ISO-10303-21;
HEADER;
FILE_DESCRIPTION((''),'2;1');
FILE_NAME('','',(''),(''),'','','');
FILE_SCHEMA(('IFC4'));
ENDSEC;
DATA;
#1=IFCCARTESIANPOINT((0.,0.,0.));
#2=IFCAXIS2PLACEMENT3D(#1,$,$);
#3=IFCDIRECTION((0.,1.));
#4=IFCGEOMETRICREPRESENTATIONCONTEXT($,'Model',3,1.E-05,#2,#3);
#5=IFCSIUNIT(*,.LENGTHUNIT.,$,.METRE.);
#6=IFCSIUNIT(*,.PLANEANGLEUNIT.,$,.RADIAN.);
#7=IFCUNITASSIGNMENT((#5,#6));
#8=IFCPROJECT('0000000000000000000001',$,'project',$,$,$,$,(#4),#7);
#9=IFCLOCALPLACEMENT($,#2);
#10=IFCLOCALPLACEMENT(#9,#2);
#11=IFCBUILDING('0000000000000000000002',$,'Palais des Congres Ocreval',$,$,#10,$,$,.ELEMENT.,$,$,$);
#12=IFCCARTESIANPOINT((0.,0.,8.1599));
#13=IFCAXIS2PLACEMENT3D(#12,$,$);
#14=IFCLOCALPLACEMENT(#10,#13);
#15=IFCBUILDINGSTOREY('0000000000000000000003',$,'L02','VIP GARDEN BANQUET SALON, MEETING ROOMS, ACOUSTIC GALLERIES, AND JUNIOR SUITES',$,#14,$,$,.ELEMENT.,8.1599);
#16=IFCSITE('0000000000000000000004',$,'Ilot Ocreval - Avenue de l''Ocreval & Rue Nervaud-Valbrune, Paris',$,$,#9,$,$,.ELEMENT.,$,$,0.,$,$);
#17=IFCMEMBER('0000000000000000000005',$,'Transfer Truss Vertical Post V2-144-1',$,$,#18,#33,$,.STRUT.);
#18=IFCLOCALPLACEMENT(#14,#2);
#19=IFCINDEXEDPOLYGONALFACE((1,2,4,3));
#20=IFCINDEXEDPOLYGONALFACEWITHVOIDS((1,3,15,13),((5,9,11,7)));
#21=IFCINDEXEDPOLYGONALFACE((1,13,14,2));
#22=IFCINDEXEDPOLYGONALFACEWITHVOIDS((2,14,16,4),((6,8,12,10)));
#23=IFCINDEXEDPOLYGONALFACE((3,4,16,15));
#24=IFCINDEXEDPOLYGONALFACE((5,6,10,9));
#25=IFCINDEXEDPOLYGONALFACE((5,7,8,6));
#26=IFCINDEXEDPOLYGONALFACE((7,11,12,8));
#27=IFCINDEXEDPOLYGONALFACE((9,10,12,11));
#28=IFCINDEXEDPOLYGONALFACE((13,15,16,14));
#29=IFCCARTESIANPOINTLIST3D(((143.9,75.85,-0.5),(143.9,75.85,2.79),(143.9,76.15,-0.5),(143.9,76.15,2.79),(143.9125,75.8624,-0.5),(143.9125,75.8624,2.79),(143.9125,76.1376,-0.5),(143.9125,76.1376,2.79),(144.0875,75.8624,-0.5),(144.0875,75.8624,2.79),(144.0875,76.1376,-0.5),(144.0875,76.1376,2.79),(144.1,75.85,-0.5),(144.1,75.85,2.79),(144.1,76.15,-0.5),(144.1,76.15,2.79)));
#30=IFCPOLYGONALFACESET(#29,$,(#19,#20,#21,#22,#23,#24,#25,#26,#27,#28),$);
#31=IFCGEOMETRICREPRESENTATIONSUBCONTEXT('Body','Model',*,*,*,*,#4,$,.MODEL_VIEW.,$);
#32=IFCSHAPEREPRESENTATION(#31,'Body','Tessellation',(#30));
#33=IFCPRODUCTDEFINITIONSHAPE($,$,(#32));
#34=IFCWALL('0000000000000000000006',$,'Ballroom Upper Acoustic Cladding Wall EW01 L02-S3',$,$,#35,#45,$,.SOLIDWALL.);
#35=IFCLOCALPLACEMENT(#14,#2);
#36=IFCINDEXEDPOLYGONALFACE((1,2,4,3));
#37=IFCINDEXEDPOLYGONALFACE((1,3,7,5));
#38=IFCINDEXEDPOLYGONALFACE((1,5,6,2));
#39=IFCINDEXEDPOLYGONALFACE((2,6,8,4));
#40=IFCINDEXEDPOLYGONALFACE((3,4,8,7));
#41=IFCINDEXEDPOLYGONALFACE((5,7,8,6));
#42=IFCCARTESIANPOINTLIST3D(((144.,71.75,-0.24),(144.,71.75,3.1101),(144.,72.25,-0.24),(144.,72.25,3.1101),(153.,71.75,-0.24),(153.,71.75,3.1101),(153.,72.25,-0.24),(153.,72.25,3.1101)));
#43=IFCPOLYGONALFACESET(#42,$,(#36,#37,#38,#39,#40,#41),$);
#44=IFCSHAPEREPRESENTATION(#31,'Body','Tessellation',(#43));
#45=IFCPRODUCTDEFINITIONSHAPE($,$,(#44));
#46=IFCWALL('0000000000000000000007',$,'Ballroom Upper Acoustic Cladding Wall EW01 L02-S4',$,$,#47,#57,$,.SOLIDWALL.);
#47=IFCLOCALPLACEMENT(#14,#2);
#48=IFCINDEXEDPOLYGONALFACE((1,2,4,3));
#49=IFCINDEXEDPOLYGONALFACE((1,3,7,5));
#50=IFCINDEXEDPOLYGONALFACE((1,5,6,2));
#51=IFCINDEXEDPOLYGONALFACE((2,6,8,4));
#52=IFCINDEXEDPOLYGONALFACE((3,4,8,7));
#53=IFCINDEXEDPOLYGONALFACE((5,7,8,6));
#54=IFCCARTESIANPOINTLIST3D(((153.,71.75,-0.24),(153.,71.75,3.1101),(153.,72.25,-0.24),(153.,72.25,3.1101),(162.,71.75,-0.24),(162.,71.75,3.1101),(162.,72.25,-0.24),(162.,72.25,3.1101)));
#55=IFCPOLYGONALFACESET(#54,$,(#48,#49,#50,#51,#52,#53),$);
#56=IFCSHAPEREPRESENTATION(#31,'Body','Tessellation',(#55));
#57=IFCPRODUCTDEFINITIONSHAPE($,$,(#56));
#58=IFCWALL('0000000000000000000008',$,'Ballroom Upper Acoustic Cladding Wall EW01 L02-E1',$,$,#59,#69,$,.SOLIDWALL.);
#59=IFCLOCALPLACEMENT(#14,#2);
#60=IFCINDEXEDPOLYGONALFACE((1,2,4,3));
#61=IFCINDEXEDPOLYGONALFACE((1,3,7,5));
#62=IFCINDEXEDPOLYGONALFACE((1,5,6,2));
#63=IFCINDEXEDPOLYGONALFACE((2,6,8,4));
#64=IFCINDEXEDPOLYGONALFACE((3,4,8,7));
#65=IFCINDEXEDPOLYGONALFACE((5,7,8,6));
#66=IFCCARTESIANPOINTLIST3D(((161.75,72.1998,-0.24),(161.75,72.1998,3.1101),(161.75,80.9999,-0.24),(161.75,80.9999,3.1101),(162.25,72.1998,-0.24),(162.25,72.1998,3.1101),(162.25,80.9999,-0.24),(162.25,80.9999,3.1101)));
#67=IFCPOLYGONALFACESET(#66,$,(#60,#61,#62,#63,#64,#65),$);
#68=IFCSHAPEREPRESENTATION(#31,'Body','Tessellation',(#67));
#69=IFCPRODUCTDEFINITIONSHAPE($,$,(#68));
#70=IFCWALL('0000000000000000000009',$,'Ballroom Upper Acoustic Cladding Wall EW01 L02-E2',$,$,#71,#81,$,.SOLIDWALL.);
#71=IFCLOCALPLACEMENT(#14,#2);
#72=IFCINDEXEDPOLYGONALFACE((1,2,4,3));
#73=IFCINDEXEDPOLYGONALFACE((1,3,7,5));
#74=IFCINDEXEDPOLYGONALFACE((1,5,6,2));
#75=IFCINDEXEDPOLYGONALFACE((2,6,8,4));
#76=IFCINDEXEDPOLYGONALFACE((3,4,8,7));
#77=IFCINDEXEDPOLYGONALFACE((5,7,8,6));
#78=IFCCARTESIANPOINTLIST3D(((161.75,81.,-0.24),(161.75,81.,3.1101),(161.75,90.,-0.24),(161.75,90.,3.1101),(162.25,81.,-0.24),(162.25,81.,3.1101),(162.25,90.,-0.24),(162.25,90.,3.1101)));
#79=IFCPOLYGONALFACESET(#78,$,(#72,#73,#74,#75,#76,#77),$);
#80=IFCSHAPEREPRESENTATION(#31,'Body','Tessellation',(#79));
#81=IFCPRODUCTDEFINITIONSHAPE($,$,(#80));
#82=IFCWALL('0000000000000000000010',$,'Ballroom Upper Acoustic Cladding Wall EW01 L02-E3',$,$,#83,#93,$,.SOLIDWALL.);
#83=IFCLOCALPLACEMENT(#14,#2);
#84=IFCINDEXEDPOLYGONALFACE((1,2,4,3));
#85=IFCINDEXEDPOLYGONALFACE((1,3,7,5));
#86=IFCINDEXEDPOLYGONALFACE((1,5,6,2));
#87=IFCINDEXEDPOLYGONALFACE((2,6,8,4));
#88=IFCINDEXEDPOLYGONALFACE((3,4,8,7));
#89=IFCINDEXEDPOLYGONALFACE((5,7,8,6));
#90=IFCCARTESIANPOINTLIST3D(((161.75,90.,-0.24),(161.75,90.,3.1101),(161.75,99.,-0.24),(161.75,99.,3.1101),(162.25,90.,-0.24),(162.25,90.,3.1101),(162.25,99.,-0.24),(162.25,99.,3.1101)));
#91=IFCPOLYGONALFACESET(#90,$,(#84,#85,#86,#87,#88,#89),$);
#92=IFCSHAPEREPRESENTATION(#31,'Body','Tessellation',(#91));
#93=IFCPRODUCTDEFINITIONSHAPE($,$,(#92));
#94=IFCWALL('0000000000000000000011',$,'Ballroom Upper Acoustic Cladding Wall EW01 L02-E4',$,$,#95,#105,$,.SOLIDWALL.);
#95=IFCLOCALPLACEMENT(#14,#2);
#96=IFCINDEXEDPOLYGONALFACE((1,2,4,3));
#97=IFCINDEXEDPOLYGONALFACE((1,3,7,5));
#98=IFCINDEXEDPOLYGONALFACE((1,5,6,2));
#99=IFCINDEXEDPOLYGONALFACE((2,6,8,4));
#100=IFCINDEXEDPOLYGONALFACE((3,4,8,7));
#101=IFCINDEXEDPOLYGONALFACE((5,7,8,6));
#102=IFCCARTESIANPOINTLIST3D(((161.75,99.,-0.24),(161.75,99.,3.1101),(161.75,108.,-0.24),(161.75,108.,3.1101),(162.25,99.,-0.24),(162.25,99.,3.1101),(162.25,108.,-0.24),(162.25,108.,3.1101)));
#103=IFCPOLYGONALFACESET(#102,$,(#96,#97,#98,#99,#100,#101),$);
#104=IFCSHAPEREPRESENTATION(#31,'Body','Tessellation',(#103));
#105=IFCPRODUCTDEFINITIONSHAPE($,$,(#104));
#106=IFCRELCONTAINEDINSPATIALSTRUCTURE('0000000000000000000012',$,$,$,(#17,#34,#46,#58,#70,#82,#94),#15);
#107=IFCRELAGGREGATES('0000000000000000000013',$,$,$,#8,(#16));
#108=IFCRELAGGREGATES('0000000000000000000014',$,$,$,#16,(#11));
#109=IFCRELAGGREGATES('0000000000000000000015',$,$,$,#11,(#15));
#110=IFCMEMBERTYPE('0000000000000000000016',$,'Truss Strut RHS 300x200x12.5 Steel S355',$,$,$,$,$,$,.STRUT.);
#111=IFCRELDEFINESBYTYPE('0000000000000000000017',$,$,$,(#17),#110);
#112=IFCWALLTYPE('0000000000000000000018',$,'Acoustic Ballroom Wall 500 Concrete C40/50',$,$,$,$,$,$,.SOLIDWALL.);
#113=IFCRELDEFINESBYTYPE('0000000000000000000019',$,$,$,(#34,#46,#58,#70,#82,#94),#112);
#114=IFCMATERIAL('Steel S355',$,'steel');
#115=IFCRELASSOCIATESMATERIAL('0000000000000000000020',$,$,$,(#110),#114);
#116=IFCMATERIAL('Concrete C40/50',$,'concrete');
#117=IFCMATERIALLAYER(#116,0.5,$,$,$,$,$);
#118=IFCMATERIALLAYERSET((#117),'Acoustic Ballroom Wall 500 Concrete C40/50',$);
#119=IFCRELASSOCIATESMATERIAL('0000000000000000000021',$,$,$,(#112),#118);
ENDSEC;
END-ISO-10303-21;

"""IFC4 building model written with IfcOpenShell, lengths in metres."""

from ifc_helpers import new_model, si_unit, direction, frame, frame_2d, origin, origin_2d, place, context, subcontext, project, spatial, rectangle, hollow_rectangle, extrude, material, layer, layer_set, material_profile, profile_set, type_object, element, save


model = new_model("IFC4")

# Units and contexts
model_context = context("Model", 3, precision=1e-05, world=origin(), true_north=direction((0.0, 1.0)))
body_context = subcontext(model_context, "Body", "Model", "MODEL_VIEW")
ifc_project = project(units=[si_unit("LENGTHUNIT", "METRE"), si_unit("PLANEANGLEUNIT", "RADIAN")], contexts=[model_context])

# Site, building, storey
site_placement = place(None, origin())
site = spatial("IfcSite", under=ifc_project, at=site_placement, Name="Ilot Ocreval - Avenue de l'Ocreval & Rue Nervaud-Valbrune, Paris", CompositionType="ELEMENT", RefElevation=0.0)
building_placement = place(site_placement, origin())
building = spatial("IfcBuilding", under=site, at=building_placement, Name="Palais des Congres Ocreval", CompositionType="ELEMENT")
storey_placement = place(building_placement, frame((0.0, 0.0, 8.1599)))
storey = spatial("IfcBuildingStorey", under=building, at=storey_placement, Name="L02", Description="VIP GARDEN BANQUET SALON, MEETING ROOMS, ACOUSTIC GALLERIES, AND JUNIOR SUITES", CompositionType="ELEMENT", Elevation=8.1599)

# Shared definitions
ifc_material_1 = material(Name="Steel S355", Category="steel")

# Member
ifc_material_profile_1 = material_profile(ifc_material_1, hollow_rectangle(XDim=0.2, YDim=0.3, WallThickness=0.0125, at=origin_2d()), Name="RHS 300x200x12.5")
ifc_profile_set_1 = profile_set([ifc_material_profile_1], Name="Steel S355")
member_type_1 = type_object("IfcMemberType", Name="Truss Strut RHS 300x200x12.5 Steel S355", PredefinedType="STRUT", material=ifc_profile_set_1)
member_1_placement = place(storey_placement, frame((144.0, 76.0, -0.5), z_axis=(0.0, 0.0, 1.0), x_axis=(1.0, 0.0, 0.0)))
element("IfcMember", 1, at=member_1_placement, inside=storey, type_object=member_type_1, Name="Transfer Truss Vertical Post V2-144-1", PredefinedType="STRUT", context=body_context, shape_type="SweptSolid", body=[
    extrude(hollow_rectangle(XDim=0.2, YDim=0.3, WallThickness=0.0125, at=origin_2d()), origin(), (0.0, 0.0, 1.0), 3.29),
])

# Walls
ifc_material_2 = material(Name="Concrete C40/50", Category="concrete")
ifc_layer = layer(ifc_material_2, 0.5)
ifc_layer_set = layer_set([ifc_layer], Name="Acoustic Ballroom Wall 500 Concrete C40/50")
wall_type = type_object("IfcWallType", Name="Acoustic Ballroom Wall 500 Concrete C40/50", PredefinedType="SOLIDWALL", material=ifc_layer_set)
for number, where, z_axis, x_axis, name in (
    (2, (144.0, 72.0, -0.24), (0.0, 0.0, 1.0), (1.0, 0.0, 0.0), "Ballroom Upper Acoustic Cladding Wall EW01 L02-S3"),
    (3, (153.0, 72.0, -0.24), (0.0, 0.0, 1.0), (1.0, 0.0, 0.0), "Ballroom Upper Acoustic Cladding Wall EW01 L02-S4"),
):
    element("IfcWall", number, at=place(storey_placement, frame(where, z_axis=z_axis, x_axis=x_axis)), inside=storey, type_object=wall_type, Name=name, PredefinedType="SOLIDWALL", context=body_context, shape_type="SweptSolid", body=[
        extrude(rectangle(XDim=9.0, YDim=0.5, at=frame_2d((4.5, 0.0))), origin(), (0.0, 0.0, 1.0), 3.3501),
    ])
wall_placement = place(storey_placement, frame((162.0, 72.2, -0.24), z_axis=(0.0, 0.0, 1.0), x_axis=(0.0, 1.0, 0.0)))
element("IfcWall", 4, at=wall_placement, inside=storey, type_object=wall_type, Name="Ballroom Upper Acoustic Cladding Wall EW01 L02-E1", PredefinedType="SOLIDWALL", context=body_context, shape_type="SweptSolid", body=[
    extrude(rectangle(XDim=8.8, YDim=0.5, at=frame_2d((4.3999, 0.0))), origin(), (0.0, 0.0, 1.0), 3.3501),
])
for number, where, z_axis, x_axis, name in (
    (5, (162.0, 81.0, -0.24), (0.0, 0.0, 1.0), (0.0, 1.0, 0.0), "Ballroom Upper Acoustic Cladding Wall EW01 L02-E2"),
    (6, (162.0, 90.0, -0.24), (0.0, 0.0, 1.0), (0.0, 1.0, 0.0), "Ballroom Upper Acoustic Cladding Wall EW01 L02-E3"),
    (7, (162.0, 99.0, -0.24), (0.0, 0.0, 1.0), (0.0, 1.0, 0.0), "Ballroom Upper Acoustic Cladding Wall EW01 L02-E4"),
):
    element("IfcWall", number, at=place(storey_placement, frame(where, z_axis=z_axis, x_axis=x_axis)), inside=storey, type_object=wall_type, Name=name, PredefinedType="SOLIDWALL", context=body_context, shape_type="SweptSolid", body=[
        extrude(rectangle(XDim=9.0, YDim=0.5, at=frame_2d((4.5, 0.0))), origin(), (0.0, 0.0, 1.0), 3.3501),
    ])

save(model, "model.ifc")
